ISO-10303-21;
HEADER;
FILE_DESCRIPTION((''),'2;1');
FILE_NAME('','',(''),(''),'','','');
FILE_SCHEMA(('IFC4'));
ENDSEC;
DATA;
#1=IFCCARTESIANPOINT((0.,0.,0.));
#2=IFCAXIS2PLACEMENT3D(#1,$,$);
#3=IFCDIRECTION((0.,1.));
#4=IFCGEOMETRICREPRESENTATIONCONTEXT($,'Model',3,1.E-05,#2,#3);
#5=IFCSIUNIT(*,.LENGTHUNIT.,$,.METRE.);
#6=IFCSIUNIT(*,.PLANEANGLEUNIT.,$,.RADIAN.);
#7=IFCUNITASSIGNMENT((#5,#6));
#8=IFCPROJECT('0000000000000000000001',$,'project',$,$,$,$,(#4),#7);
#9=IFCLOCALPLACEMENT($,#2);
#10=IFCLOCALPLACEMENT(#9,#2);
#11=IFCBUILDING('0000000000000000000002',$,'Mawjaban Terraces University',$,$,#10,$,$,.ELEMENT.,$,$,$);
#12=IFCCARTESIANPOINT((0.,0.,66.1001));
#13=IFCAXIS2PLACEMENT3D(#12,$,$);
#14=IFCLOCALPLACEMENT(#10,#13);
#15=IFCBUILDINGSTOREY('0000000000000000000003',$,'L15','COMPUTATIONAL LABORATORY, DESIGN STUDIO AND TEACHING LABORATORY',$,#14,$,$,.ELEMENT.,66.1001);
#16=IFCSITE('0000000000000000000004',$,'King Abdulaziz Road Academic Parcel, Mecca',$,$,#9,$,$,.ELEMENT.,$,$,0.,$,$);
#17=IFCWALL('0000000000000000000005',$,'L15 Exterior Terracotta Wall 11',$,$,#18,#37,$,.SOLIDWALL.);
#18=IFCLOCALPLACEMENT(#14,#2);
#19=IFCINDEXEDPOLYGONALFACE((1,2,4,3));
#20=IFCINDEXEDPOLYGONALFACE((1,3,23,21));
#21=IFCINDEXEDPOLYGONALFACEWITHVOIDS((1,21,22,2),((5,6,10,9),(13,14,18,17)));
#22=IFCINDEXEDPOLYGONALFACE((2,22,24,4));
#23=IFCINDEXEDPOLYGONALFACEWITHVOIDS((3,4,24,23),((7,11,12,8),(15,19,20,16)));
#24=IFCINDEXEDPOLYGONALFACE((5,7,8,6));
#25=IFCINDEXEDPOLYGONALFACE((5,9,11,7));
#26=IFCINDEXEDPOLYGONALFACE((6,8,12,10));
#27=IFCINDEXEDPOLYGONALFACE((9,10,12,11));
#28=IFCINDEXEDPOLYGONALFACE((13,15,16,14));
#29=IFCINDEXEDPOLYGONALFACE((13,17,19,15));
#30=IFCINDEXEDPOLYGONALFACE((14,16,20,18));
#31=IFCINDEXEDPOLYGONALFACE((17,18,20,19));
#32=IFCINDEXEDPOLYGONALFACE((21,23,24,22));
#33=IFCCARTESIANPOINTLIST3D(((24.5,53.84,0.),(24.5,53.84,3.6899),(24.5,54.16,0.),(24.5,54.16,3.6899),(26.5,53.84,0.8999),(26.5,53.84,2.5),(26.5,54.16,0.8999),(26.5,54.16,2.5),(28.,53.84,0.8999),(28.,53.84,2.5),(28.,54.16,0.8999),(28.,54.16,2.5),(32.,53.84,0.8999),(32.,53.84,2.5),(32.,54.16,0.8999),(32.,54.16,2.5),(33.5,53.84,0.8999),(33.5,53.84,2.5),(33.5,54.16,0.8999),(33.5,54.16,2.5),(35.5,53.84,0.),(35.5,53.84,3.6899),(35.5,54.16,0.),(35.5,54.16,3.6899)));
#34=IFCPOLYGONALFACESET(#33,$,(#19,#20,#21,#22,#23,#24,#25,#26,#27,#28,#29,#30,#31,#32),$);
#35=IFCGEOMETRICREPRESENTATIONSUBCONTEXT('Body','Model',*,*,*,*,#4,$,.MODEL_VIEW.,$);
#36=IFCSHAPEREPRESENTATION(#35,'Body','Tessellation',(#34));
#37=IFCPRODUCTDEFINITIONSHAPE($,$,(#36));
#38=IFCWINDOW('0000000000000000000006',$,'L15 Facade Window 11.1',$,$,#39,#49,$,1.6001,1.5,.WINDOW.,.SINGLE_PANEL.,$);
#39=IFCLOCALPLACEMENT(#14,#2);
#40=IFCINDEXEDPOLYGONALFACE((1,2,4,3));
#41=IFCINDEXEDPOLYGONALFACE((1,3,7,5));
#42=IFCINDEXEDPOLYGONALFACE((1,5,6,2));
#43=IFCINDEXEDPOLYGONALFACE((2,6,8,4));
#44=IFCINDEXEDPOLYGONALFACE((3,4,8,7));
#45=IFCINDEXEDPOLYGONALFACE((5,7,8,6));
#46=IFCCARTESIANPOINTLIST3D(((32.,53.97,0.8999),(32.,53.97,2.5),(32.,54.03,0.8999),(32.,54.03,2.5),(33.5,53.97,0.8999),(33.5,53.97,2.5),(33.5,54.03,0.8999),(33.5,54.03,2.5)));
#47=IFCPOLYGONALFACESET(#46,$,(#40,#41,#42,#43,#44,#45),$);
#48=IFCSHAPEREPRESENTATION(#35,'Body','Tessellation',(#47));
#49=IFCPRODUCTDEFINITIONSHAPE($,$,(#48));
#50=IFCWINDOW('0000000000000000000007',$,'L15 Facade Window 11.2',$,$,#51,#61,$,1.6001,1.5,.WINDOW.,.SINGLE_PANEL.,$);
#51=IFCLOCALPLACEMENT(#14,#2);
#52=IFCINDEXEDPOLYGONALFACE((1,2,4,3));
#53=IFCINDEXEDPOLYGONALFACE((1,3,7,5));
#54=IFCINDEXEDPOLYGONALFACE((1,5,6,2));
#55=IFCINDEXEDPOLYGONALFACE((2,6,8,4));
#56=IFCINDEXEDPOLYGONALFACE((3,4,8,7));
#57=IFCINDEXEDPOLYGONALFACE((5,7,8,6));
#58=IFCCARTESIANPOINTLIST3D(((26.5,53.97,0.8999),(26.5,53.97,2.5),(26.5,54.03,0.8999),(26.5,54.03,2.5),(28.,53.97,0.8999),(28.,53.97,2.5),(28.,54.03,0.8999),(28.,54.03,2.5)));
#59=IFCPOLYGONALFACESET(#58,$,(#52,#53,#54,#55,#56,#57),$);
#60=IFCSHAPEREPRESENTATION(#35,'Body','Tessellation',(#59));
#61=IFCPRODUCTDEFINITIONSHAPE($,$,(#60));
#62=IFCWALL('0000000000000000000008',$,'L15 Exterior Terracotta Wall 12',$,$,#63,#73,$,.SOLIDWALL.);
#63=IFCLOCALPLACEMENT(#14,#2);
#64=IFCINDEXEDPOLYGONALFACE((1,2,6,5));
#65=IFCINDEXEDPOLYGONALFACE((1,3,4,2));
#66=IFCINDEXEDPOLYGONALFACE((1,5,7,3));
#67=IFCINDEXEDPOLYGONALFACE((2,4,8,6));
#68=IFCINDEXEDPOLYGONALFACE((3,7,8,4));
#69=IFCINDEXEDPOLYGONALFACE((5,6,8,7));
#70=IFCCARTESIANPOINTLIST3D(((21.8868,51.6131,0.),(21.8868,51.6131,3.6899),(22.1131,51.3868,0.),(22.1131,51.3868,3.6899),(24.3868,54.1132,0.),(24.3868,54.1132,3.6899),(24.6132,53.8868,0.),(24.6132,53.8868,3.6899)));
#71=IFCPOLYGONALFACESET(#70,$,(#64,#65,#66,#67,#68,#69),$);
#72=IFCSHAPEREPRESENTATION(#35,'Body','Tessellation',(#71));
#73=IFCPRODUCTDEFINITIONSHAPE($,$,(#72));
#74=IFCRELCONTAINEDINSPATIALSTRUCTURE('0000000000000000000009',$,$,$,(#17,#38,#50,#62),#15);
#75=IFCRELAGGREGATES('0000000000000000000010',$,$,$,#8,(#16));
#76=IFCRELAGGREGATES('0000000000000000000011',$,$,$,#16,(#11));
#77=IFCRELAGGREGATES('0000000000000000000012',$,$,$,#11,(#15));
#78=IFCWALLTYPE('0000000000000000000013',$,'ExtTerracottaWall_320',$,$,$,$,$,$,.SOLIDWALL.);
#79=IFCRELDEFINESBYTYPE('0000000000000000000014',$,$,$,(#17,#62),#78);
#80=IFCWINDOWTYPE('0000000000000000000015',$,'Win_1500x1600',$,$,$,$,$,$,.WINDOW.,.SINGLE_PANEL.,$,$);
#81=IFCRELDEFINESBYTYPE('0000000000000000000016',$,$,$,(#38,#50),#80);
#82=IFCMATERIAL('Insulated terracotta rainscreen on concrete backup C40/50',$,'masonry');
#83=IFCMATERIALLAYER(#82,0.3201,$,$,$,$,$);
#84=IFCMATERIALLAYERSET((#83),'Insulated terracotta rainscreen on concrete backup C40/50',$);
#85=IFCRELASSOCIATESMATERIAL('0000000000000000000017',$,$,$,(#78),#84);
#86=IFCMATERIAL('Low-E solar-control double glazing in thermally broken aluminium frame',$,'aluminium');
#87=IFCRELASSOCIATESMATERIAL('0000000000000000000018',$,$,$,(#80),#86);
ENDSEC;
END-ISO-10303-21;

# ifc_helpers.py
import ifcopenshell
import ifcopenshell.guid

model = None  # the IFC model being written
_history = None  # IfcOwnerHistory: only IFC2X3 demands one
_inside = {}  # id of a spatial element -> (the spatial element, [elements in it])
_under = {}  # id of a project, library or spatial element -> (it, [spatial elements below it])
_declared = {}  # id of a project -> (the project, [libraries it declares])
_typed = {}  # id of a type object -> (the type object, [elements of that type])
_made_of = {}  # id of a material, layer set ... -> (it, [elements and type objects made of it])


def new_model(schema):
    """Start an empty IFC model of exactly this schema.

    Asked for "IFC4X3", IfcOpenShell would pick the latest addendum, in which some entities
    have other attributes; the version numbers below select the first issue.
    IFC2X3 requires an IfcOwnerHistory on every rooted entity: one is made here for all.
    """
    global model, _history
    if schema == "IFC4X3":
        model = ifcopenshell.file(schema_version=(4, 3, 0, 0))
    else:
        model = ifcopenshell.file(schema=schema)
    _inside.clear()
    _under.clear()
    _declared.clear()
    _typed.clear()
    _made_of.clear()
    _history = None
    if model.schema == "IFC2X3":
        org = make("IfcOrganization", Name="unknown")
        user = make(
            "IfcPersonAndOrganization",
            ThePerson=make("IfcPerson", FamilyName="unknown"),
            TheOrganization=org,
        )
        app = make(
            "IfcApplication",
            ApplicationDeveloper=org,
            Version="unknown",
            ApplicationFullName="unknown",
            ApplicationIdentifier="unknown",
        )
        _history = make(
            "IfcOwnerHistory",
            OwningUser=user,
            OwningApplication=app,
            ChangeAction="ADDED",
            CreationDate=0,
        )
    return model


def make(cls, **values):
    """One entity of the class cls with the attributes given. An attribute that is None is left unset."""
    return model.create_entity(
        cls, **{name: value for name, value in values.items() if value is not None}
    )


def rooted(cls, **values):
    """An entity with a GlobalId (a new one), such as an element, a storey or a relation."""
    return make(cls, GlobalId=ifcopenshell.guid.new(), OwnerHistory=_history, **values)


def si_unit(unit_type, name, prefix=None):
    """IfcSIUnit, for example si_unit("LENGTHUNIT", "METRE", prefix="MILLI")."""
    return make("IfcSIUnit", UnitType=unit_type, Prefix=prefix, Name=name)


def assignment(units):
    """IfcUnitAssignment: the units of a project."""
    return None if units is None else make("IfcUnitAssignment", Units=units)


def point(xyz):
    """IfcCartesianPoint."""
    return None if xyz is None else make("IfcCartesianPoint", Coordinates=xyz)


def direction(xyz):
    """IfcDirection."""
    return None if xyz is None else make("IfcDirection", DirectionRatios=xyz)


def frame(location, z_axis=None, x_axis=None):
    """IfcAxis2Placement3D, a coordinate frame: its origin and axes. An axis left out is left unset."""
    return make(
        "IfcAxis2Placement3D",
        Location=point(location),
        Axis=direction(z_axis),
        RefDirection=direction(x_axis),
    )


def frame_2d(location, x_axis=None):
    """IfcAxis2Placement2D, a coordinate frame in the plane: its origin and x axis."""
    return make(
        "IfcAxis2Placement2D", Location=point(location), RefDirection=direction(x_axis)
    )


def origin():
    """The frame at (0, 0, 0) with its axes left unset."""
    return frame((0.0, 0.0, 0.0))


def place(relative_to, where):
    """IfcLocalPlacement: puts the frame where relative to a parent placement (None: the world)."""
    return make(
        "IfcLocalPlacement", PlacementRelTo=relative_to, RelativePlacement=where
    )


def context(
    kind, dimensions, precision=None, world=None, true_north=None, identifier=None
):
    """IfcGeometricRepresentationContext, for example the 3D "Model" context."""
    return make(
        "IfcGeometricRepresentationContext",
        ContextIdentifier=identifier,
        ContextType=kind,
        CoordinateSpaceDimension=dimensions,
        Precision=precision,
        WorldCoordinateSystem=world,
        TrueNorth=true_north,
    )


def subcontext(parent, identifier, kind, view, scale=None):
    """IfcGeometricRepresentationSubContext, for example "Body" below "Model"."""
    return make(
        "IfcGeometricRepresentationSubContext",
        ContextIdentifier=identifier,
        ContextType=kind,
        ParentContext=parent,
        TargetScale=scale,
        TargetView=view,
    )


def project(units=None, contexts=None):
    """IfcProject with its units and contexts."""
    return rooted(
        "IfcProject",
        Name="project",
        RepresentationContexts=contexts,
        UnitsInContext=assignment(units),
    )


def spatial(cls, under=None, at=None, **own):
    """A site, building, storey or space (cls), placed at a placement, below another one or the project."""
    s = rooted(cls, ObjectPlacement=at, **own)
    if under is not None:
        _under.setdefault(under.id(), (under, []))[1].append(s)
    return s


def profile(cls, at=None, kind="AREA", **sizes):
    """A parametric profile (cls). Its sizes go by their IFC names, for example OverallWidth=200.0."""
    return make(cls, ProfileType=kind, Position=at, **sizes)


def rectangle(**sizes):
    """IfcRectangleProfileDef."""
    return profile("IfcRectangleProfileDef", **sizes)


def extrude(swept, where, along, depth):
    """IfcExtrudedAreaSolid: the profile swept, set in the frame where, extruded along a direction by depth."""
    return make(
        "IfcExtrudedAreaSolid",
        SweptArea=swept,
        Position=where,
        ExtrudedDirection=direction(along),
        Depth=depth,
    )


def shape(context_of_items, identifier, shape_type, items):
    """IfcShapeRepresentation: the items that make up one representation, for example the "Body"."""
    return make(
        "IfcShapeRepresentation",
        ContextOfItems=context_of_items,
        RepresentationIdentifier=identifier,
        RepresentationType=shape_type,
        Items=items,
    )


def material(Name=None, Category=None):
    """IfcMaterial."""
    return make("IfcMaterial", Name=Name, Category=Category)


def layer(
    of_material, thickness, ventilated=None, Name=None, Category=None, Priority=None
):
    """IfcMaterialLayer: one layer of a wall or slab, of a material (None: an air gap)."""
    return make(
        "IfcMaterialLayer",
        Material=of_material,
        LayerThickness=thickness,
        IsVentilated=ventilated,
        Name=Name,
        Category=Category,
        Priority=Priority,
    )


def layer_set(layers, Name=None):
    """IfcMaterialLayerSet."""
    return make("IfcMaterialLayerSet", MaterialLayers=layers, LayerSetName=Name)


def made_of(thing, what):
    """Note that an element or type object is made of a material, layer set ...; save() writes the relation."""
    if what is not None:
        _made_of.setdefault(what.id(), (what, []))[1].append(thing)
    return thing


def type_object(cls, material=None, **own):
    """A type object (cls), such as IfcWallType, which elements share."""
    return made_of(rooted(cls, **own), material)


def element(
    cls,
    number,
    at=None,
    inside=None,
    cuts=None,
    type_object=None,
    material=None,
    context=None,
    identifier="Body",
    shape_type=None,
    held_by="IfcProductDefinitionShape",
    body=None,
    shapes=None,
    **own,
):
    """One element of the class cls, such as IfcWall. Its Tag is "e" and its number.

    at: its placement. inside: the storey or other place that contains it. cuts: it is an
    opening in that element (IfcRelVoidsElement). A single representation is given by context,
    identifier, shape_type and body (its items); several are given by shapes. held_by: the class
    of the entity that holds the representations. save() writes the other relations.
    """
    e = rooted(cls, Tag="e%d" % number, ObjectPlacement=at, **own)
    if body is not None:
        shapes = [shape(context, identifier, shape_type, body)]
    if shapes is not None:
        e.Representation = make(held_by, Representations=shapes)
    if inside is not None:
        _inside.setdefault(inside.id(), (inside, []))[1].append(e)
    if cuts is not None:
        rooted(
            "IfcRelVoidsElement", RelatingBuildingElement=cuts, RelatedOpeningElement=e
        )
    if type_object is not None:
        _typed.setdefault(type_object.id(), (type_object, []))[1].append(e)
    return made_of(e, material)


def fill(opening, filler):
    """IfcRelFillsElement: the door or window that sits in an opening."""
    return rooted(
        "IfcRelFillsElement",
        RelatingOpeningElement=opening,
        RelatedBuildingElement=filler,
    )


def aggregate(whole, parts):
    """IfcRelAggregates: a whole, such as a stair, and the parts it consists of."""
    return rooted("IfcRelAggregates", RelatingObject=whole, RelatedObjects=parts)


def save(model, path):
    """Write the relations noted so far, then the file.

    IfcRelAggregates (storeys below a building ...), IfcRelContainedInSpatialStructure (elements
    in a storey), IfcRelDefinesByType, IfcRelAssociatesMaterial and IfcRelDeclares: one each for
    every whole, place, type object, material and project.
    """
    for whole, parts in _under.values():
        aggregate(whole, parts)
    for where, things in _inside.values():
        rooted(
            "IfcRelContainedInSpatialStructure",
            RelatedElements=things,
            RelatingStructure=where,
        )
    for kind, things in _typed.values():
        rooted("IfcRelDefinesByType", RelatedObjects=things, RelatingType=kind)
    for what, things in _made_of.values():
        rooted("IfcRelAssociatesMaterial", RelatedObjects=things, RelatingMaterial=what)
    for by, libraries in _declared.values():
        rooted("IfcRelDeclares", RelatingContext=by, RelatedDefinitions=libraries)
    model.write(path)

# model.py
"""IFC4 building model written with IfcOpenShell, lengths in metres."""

from ifc_helpers import new_model, si_unit, direction, frame, frame_2d, origin, place, context, subcontext, project, spatial, rectangle, extrude, material, layer, layer_set, type_object, element, fill, save


model = new_model("IFC4")

# Units and contexts
model_context = context("Model", 3, precision=1e-05, world=origin(), true_north=direction((0.0, 1.0)))
body_context = subcontext(model_context, "Body", "Model", "MODEL_VIEW")
ifc_project = project(units=[si_unit("LENGTHUNIT", "METRE"), si_unit("PLANEANGLEUNIT", "RADIAN")], contexts=[model_context])

# Site, building, storey
site_placement = place(None, origin())
site = spatial("IfcSite", under=ifc_project, at=site_placement, Name="King Abdulaziz Road Academic Parcel, Mecca", CompositionType="ELEMENT", RefElevation=0.0)
building_placement = place(site_placement, origin())
building = spatial("IfcBuilding", under=site, at=building_placement, Name="Mawjaban Terraces University", CompositionType="ELEMENT")
storey_placement = place(building_placement, frame((0.0, 0.0, 66.1001)))
storey = spatial("IfcBuildingStorey", under=building, at=storey_placement, Name="L15", Description="COMPUTATIONAL LABORATORY, DESIGN STUDIO AND TEACHING LABORATORY", CompositionType="ELEMENT", Elevation=66.1001)

# Wall, openings, windows
ifc_material_1 = material(Name="Insulated terracotta rainscreen on concrete backup C40/50", Category="masonry")
ifc_layer_1 = layer(ifc_material_1, 0.3201)
ifc_layer_set_1 = layer_set([ifc_layer_1], Name="Insulated terracotta rainscreen on concrete backup C40/50")
wall_type_1 = type_object("IfcWallType", Name="ExtTerracottaWall_320", PredefinedType="SOLIDWALL", material=ifc_layer_set_1)
wall_1_placement = place(storey_placement, frame((35.5, 54.0, 0.0), z_axis=(0.0, 0.0, 1.0), x_axis=(-1.0, 0.0, 0.0)))
wall_1 = element("IfcWall", 1, at=wall_1_placement, inside=storey, type_object=wall_type_1, Name="L15 Exterior Terracotta Wall 11", PredefinedType="SOLIDWALL", context=body_context, shape_type="SweptSolid", body=[
    extrude(rectangle(XDim=11.0, YDim=0.3201, at=frame_2d((5.5, 0.0))), origin(), (0.0, 0.0, 1.0), 3.6899),
])
opening_1_placement = place(wall_1_placement, frame((2.0, 0.0, 0.8999)))
opening_1 = element("IfcOpeningElement", 2, at=opening_1_placement, cuts=wall_1, PredefinedType="OPENING", context=body_context, shape_type="SweptSolid", body=[
    extrude(rectangle(XDim=1.5, YDim=1.6001, at=frame_2d((0.75, 0.8))), frame((0.0, 0.1699, 0.0), z_axis=(0.0, -1.0, 0.0), x_axis=(1.0, 0.0, 0.0)), (0.0, 0.0, 1.0), 0.3401),
])
opening_2_placement = place(wall_1_placement, frame((7.5, 0.0, 0.8999)))
opening_2 = element("IfcOpeningElement", 3, at=opening_2_placement, cuts=wall_1, PredefinedType="OPENING", context=body_context, shape_type="SweptSolid", body=[
    extrude(rectangle(XDim=1.5, YDim=1.6001, at=frame_2d((0.75, 0.8))), frame((0.0, 0.1699, 0.0), z_axis=(0.0, -1.0, 0.0), x_axis=(1.0, 0.0, 0.0)), (0.0, 0.0, 1.0), 0.3401),
])
ifc_material_2 = material(Name="Low-E solar-control double glazing in thermally broken aluminium frame", Category="aluminium")
window_type_1 = type_object("IfcWindowType", Name="Win_1500x1600", PartitioningType="SINGLE_PANEL", PredefinedType="WINDOW", material=ifc_material_2)
window_1_placement = place(opening_1_placement, origin())
window_1 = element("IfcWindow", 4, at=window_1_placement, inside=storey, type_object=window_type_1, Name="L15 Facade Window 11.1", OverallHeight=1.6001, OverallWidth=1.5, PartitioningType="SINGLE_PANEL", PredefinedType="WINDOW", context=body_context, shape_type="SweptSolid", body=[
    extrude(rectangle(XDim=1.5, YDim=1.6001, at=frame_2d((0.75, 0.8))), frame((0.0, 0.03, 0.0), z_axis=(0.0, -1.0, 0.0), x_axis=(1.0, 0.0, 0.0)), (0.0, 0.0, 1.0), 0.0601),
])
fill(opening_1, window_1)
window_2_placement = place(opening_2_placement, origin())
window_2 = element("IfcWindow", 5, at=window_2_placement, inside=storey, type_object=window_type_1, Name="L15 Facade Window 11.2", OverallHeight=1.6001, OverallWidth=1.5, PartitioningType="SINGLE_PANEL", PredefinedType="WINDOW", context=body_context, shape_type="SweptSolid", body=[
    extrude(rectangle(XDim=1.5, YDim=1.6001, at=frame_2d((0.75, 0.8))), frame((0.0, 0.03, 0.0), z_axis=(0.0, -1.0, 0.0), x_axis=(1.0, 0.0, 0.0)), (0.0, 0.0, 1.0), 0.0601),
])
fill(opening_2, window_2)

# Wall
wall_2_placement = place(storey_placement, frame((24.5, 54.0, 0.0), z_axis=(0.0, 0.0, 1.0), x_axis=(-0.707107, -0.707107, 0.0)))
element("IfcWall", 6, at=wall_2_placement, inside=storey, type_object=wall_type_1, Name="L15 Exterior Terracotta Wall 12", PredefinedType="SOLIDWALL", context=body_context, shape_type="SweptSolid", body=[
    extrude(rectangle(XDim=3.5356, YDim=0.3201, at=frame_2d((1.7678, 0.0))), origin(), (0.0, 0.0, 1.0), 3.6899),
])

save(model, "model.ifc")
